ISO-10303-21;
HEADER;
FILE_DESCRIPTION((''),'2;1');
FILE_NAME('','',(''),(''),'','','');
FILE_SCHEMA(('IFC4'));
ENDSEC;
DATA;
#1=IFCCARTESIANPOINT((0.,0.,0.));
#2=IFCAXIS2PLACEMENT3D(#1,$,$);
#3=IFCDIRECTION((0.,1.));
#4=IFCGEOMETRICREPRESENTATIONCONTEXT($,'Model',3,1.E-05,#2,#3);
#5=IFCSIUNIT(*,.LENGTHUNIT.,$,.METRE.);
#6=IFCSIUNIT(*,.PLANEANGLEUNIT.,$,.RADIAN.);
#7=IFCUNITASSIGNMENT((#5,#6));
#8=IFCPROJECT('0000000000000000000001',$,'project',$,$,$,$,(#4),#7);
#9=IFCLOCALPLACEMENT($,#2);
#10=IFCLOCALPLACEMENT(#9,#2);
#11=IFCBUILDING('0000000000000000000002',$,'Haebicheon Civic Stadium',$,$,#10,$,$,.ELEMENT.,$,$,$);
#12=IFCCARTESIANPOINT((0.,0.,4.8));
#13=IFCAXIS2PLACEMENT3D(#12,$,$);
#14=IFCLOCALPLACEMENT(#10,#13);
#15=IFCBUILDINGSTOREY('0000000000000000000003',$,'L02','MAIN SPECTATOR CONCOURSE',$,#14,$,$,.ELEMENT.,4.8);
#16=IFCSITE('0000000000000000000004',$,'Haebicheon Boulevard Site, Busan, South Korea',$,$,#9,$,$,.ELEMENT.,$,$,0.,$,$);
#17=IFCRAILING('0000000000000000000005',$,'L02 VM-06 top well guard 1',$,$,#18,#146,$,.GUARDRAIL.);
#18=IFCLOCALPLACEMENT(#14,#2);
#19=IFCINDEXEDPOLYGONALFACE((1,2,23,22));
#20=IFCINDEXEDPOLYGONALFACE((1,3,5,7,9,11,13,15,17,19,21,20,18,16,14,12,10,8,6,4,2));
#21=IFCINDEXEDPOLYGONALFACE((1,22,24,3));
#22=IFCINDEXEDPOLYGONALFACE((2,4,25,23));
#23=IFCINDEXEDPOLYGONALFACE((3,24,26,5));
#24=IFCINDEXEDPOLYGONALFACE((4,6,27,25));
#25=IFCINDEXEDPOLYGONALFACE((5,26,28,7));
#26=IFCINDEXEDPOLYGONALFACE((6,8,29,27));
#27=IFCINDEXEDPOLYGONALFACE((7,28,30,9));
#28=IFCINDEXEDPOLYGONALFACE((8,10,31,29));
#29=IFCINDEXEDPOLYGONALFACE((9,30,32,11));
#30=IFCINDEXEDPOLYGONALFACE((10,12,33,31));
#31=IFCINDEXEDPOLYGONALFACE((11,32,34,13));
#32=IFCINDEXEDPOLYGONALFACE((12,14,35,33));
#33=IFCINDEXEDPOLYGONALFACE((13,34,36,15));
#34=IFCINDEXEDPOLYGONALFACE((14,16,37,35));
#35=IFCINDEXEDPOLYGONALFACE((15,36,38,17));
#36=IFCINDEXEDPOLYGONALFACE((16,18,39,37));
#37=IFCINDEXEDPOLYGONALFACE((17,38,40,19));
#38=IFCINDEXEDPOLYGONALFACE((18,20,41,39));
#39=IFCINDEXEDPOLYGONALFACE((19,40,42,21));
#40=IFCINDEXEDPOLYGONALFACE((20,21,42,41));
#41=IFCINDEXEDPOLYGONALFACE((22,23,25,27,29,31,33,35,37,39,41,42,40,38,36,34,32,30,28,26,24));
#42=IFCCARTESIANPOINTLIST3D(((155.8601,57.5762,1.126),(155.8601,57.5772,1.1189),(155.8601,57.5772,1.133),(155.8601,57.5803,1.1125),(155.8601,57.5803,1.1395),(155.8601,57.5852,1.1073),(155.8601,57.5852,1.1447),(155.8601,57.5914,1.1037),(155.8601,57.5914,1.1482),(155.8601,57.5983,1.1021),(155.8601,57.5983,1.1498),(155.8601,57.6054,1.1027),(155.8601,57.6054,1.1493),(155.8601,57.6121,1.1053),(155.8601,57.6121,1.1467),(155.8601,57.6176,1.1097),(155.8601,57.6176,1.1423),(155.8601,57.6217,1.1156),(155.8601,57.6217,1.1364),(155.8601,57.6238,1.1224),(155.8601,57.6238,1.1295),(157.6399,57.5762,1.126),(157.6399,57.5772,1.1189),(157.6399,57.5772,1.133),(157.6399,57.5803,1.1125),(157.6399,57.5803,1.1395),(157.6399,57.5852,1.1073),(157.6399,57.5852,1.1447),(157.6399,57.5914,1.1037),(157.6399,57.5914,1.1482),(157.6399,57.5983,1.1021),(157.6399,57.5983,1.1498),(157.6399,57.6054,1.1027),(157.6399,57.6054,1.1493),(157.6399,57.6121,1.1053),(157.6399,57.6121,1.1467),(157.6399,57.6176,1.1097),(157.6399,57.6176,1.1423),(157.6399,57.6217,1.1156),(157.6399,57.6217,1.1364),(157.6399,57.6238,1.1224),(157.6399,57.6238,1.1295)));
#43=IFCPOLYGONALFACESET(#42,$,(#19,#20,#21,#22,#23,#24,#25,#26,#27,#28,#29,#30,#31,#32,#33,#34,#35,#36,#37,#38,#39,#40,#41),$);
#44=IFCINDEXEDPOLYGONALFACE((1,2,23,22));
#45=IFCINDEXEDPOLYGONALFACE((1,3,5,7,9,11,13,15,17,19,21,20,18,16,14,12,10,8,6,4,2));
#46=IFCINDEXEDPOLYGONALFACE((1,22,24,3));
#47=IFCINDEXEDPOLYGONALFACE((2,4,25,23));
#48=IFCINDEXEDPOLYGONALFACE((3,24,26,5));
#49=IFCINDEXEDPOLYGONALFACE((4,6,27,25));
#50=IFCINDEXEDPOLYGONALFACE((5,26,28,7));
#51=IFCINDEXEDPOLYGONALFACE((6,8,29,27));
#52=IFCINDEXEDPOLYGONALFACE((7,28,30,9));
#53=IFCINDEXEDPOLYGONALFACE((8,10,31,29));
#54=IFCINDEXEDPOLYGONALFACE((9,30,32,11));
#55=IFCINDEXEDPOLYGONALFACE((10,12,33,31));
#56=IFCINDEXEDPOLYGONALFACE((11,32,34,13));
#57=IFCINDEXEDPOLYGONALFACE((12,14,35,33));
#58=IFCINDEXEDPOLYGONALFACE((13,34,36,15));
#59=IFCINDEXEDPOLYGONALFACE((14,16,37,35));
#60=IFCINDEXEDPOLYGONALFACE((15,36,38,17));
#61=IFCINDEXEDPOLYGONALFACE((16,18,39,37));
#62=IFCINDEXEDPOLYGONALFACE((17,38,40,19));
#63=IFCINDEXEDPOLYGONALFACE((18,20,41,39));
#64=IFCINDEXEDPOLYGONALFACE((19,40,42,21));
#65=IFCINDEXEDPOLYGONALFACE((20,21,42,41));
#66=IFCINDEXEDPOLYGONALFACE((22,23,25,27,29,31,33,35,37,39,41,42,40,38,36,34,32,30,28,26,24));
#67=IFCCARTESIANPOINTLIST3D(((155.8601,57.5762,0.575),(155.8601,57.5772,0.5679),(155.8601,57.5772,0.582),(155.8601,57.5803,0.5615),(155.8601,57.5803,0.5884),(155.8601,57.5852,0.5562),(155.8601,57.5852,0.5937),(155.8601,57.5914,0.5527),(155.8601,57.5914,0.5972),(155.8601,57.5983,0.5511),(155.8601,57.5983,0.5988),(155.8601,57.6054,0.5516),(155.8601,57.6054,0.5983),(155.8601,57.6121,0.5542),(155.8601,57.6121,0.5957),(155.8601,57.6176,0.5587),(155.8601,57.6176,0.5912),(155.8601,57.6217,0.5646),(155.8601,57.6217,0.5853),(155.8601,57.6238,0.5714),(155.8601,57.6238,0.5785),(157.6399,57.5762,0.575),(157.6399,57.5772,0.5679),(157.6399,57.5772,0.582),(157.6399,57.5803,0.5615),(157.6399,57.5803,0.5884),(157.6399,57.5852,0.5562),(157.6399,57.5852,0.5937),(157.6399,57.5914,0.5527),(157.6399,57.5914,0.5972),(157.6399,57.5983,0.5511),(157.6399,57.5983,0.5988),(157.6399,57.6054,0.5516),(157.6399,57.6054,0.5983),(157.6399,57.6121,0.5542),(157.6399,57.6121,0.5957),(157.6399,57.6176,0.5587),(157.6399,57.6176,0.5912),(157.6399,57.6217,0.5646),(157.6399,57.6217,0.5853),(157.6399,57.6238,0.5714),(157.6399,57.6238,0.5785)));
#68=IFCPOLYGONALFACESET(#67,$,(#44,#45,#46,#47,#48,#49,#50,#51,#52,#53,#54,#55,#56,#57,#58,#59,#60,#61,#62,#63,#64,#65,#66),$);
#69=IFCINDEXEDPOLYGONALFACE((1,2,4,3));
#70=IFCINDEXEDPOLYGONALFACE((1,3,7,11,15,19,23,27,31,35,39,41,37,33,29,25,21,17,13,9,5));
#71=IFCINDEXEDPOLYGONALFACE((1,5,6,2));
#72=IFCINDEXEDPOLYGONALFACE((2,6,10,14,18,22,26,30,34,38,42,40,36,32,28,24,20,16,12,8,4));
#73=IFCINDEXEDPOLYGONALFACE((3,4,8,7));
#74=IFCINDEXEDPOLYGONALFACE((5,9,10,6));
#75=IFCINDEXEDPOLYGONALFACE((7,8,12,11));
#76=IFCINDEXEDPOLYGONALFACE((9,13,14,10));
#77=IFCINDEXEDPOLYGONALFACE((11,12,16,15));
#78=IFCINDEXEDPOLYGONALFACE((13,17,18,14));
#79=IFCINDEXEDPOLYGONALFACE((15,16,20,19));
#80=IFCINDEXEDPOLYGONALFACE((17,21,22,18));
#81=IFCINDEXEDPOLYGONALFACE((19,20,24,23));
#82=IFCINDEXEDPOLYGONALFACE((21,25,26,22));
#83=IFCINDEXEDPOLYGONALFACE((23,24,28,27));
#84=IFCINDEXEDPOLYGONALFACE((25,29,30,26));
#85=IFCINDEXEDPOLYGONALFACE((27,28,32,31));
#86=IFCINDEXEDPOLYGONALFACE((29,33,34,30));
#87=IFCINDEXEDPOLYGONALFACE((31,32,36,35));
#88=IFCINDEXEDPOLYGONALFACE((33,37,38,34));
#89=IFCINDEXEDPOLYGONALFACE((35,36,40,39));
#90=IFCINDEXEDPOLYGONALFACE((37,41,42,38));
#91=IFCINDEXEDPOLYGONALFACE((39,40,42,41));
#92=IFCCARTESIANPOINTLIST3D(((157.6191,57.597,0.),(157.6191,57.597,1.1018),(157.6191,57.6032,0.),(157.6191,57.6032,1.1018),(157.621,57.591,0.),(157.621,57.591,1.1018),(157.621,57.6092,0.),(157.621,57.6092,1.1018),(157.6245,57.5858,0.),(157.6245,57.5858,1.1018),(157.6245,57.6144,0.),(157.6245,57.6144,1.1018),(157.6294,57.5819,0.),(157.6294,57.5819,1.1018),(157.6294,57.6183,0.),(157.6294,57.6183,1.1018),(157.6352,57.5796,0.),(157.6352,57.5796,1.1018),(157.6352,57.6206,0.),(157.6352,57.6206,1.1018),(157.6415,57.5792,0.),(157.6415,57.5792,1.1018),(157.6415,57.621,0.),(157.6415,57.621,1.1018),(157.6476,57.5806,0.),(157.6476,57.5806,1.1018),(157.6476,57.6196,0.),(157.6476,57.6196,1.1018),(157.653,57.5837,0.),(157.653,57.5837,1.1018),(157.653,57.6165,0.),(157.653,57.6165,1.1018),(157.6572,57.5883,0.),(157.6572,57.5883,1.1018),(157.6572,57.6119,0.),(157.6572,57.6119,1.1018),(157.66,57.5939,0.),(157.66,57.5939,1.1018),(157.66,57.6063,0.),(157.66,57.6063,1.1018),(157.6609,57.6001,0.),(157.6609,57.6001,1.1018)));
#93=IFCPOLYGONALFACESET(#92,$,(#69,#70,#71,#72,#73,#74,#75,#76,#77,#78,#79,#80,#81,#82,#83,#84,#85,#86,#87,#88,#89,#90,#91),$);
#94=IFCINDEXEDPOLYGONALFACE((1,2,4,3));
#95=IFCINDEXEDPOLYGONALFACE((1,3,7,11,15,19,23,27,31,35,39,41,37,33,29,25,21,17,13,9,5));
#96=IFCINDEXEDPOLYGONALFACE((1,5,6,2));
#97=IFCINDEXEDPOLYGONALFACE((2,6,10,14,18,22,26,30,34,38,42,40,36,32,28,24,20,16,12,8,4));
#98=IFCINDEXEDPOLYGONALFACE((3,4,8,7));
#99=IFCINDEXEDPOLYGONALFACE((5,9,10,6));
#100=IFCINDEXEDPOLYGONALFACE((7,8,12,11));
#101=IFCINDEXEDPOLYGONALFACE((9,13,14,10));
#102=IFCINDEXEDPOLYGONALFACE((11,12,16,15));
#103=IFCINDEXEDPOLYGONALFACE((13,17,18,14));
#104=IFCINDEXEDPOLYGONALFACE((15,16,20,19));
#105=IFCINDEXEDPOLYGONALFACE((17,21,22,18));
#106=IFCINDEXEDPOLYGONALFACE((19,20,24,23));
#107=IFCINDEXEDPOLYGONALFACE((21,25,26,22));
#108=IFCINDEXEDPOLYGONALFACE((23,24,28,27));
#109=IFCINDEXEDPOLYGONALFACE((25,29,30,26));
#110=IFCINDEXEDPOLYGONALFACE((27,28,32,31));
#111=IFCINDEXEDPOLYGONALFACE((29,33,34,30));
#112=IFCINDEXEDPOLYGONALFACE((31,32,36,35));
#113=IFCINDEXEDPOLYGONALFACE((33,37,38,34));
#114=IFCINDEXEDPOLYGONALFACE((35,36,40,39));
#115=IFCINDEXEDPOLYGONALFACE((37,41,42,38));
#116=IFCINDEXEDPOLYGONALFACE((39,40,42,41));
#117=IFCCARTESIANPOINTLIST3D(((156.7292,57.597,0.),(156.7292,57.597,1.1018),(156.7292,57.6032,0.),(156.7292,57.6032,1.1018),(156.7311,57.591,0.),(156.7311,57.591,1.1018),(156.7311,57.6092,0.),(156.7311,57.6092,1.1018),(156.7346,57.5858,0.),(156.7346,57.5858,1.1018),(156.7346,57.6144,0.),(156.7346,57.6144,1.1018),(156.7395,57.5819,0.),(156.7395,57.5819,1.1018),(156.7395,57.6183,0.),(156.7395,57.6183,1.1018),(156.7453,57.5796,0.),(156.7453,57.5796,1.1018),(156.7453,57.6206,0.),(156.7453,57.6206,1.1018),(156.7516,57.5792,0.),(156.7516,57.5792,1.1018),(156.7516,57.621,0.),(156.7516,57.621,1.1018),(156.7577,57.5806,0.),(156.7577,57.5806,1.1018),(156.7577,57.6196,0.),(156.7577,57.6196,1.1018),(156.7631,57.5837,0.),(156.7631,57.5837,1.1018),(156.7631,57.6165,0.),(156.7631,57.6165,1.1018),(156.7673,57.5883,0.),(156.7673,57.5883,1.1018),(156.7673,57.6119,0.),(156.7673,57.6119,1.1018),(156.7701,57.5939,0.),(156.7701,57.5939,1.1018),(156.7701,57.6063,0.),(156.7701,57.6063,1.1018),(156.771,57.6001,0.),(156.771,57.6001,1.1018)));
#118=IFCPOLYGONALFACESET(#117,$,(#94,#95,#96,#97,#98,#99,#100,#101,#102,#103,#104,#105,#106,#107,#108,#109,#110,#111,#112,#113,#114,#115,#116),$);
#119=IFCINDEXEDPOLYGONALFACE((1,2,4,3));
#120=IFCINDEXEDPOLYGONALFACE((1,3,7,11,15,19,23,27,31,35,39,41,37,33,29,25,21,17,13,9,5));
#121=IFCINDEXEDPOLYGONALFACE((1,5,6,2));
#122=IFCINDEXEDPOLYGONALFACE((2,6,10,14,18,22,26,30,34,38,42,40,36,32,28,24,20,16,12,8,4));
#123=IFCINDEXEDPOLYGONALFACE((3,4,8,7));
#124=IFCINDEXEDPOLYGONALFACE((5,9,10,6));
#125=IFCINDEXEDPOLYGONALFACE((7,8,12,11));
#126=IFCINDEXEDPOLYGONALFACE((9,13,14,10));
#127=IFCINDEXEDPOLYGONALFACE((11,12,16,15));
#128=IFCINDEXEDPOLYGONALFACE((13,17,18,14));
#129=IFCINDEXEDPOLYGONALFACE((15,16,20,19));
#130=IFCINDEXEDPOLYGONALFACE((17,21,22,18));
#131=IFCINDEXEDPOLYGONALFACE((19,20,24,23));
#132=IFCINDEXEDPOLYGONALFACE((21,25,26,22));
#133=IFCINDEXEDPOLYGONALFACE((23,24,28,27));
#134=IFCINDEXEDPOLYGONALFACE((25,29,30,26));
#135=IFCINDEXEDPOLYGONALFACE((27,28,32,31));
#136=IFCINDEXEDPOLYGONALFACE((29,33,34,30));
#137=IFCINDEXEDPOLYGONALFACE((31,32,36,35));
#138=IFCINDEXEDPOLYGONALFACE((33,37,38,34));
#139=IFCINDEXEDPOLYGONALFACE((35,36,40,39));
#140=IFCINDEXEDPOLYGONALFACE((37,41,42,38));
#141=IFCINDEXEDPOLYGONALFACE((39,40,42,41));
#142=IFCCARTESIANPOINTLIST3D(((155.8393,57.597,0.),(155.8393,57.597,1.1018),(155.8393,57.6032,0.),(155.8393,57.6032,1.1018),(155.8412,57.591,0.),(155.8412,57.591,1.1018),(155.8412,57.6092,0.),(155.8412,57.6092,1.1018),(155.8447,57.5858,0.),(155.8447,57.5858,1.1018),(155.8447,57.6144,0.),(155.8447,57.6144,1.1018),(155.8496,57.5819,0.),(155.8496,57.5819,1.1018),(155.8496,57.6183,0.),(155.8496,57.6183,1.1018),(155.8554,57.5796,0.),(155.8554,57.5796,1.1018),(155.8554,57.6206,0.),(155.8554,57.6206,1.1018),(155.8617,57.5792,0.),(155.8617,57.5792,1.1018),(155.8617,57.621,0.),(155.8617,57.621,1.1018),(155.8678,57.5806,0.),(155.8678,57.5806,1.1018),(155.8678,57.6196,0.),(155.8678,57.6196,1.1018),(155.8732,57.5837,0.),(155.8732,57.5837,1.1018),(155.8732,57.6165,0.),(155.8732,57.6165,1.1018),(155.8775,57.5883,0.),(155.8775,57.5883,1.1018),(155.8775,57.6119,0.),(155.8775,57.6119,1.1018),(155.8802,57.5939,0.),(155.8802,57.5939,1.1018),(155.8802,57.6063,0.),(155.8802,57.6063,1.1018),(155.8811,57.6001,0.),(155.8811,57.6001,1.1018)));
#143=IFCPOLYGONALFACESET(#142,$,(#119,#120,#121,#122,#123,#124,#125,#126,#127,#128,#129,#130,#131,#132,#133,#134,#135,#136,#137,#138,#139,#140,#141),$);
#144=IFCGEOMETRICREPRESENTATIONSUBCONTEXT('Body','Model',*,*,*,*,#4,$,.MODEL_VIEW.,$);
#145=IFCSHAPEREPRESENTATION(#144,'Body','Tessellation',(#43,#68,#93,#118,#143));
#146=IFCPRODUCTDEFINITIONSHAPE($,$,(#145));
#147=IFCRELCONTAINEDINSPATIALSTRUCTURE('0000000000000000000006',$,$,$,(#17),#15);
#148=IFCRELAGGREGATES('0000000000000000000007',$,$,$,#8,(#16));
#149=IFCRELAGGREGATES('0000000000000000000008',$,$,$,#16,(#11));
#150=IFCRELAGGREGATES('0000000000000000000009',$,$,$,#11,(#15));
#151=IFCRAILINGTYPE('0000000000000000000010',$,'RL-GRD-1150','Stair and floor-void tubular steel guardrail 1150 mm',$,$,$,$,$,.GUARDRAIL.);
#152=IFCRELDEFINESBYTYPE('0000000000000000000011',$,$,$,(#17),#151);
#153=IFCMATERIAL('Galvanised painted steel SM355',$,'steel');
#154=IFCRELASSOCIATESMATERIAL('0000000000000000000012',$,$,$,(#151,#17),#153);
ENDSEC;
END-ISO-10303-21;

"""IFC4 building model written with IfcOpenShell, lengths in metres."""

from ifc_helpers import new_model, si_unit, direction, frame, origin, origin_2d, place, context, subcontext, project, spatial, circle, extrude, material, type_object, element, save


model = new_model("IFC4")

# Units and contexts
model_context = context("Model", 3, precision=1e-05, world=origin(), true_north=direction((0.0, 1.0)))
body_context = subcontext(model_context, "Body", "Model", "MODEL_VIEW")
ifc_project = project(units=[si_unit("LENGTHUNIT", "METRE"), si_unit("PLANEANGLEUNIT", "RADIAN")], contexts=[model_context])

# Site, building, storey
site_placement = place(None, origin())
site = spatial("IfcSite", under=ifc_project, at=site_placement, Name="Haebicheon Boulevard Site, Busan, South Korea", CompositionType="ELEMENT", RefElevation=0.0)
building_placement = place(site_placement, origin())
building = spatial("IfcBuilding", under=site, at=building_placement, Name="Haebicheon Civic Stadium", CompositionType="ELEMENT")
storey_placement = place(building_placement, frame((0.0, 0.0, 4.8)))
storey = spatial("IfcBuildingStorey", under=building, at=storey_placement, Name="L02", Description="MAIN SPECTATOR CONCOURSE", CompositionType="ELEMENT", Elevation=4.8)

# Railing
ifc_material_1 = material(Name="Galvanised painted steel SM355", Category="steel")
railing_type = type_object("IfcRailingType", Name="RL-GRD-1150", Description="Stair and floor-void tubular steel guardrail 1150 mm", PredefinedType="GUARDRAIL", material=ifc_material_1)
railing_1_placement = place(storey_placement, frame((157.6399, 57.6001, 0.0)))
element("IfcRailing", 1, at=railing_1_placement, inside=storey, type_object=railing_type, material=ifc_material_1, Name="L02 VM-06 top well guard 1", PredefinedType="GUARDRAIL", context=body_context, shape_type="SweptSolid", body=[
    extrude(circle(Radius=0.0239, at=origin_2d()), frame((0.0, 0.0, 1.126), z_axis=(-1.0, 0.0, 0.0), x_axis=(0.0, -1.0, 0.0)), (0.0, 0.0, 1.0), 1.7798),
    extrude(circle(Radius=0.0239, at=origin_2d()), frame((0.0, 0.0, 0.575), z_axis=(-1.0, 0.0, 0.0), x_axis=(0.0, -1.0, 0.0)), (0.0, 0.0, 1.0), 1.7798),
    extrude(circle(Radius=0.021, at=origin_2d()), origin(), (0.0, 0.0, 1.0), 1.1018),
    extrude(circle(Radius=0.021, at=origin_2d()), frame((-0.8899, 0.0, 0.0)), (0.0, 0.0, 1.0), 1.1018),
    extrude(circle(Radius=0.021, at=origin_2d()), frame((-1.7798, 0.0, 0.0)), (0.0, 0.0, 1.0), 1.1018),
])

save(model, "model.ifc")
